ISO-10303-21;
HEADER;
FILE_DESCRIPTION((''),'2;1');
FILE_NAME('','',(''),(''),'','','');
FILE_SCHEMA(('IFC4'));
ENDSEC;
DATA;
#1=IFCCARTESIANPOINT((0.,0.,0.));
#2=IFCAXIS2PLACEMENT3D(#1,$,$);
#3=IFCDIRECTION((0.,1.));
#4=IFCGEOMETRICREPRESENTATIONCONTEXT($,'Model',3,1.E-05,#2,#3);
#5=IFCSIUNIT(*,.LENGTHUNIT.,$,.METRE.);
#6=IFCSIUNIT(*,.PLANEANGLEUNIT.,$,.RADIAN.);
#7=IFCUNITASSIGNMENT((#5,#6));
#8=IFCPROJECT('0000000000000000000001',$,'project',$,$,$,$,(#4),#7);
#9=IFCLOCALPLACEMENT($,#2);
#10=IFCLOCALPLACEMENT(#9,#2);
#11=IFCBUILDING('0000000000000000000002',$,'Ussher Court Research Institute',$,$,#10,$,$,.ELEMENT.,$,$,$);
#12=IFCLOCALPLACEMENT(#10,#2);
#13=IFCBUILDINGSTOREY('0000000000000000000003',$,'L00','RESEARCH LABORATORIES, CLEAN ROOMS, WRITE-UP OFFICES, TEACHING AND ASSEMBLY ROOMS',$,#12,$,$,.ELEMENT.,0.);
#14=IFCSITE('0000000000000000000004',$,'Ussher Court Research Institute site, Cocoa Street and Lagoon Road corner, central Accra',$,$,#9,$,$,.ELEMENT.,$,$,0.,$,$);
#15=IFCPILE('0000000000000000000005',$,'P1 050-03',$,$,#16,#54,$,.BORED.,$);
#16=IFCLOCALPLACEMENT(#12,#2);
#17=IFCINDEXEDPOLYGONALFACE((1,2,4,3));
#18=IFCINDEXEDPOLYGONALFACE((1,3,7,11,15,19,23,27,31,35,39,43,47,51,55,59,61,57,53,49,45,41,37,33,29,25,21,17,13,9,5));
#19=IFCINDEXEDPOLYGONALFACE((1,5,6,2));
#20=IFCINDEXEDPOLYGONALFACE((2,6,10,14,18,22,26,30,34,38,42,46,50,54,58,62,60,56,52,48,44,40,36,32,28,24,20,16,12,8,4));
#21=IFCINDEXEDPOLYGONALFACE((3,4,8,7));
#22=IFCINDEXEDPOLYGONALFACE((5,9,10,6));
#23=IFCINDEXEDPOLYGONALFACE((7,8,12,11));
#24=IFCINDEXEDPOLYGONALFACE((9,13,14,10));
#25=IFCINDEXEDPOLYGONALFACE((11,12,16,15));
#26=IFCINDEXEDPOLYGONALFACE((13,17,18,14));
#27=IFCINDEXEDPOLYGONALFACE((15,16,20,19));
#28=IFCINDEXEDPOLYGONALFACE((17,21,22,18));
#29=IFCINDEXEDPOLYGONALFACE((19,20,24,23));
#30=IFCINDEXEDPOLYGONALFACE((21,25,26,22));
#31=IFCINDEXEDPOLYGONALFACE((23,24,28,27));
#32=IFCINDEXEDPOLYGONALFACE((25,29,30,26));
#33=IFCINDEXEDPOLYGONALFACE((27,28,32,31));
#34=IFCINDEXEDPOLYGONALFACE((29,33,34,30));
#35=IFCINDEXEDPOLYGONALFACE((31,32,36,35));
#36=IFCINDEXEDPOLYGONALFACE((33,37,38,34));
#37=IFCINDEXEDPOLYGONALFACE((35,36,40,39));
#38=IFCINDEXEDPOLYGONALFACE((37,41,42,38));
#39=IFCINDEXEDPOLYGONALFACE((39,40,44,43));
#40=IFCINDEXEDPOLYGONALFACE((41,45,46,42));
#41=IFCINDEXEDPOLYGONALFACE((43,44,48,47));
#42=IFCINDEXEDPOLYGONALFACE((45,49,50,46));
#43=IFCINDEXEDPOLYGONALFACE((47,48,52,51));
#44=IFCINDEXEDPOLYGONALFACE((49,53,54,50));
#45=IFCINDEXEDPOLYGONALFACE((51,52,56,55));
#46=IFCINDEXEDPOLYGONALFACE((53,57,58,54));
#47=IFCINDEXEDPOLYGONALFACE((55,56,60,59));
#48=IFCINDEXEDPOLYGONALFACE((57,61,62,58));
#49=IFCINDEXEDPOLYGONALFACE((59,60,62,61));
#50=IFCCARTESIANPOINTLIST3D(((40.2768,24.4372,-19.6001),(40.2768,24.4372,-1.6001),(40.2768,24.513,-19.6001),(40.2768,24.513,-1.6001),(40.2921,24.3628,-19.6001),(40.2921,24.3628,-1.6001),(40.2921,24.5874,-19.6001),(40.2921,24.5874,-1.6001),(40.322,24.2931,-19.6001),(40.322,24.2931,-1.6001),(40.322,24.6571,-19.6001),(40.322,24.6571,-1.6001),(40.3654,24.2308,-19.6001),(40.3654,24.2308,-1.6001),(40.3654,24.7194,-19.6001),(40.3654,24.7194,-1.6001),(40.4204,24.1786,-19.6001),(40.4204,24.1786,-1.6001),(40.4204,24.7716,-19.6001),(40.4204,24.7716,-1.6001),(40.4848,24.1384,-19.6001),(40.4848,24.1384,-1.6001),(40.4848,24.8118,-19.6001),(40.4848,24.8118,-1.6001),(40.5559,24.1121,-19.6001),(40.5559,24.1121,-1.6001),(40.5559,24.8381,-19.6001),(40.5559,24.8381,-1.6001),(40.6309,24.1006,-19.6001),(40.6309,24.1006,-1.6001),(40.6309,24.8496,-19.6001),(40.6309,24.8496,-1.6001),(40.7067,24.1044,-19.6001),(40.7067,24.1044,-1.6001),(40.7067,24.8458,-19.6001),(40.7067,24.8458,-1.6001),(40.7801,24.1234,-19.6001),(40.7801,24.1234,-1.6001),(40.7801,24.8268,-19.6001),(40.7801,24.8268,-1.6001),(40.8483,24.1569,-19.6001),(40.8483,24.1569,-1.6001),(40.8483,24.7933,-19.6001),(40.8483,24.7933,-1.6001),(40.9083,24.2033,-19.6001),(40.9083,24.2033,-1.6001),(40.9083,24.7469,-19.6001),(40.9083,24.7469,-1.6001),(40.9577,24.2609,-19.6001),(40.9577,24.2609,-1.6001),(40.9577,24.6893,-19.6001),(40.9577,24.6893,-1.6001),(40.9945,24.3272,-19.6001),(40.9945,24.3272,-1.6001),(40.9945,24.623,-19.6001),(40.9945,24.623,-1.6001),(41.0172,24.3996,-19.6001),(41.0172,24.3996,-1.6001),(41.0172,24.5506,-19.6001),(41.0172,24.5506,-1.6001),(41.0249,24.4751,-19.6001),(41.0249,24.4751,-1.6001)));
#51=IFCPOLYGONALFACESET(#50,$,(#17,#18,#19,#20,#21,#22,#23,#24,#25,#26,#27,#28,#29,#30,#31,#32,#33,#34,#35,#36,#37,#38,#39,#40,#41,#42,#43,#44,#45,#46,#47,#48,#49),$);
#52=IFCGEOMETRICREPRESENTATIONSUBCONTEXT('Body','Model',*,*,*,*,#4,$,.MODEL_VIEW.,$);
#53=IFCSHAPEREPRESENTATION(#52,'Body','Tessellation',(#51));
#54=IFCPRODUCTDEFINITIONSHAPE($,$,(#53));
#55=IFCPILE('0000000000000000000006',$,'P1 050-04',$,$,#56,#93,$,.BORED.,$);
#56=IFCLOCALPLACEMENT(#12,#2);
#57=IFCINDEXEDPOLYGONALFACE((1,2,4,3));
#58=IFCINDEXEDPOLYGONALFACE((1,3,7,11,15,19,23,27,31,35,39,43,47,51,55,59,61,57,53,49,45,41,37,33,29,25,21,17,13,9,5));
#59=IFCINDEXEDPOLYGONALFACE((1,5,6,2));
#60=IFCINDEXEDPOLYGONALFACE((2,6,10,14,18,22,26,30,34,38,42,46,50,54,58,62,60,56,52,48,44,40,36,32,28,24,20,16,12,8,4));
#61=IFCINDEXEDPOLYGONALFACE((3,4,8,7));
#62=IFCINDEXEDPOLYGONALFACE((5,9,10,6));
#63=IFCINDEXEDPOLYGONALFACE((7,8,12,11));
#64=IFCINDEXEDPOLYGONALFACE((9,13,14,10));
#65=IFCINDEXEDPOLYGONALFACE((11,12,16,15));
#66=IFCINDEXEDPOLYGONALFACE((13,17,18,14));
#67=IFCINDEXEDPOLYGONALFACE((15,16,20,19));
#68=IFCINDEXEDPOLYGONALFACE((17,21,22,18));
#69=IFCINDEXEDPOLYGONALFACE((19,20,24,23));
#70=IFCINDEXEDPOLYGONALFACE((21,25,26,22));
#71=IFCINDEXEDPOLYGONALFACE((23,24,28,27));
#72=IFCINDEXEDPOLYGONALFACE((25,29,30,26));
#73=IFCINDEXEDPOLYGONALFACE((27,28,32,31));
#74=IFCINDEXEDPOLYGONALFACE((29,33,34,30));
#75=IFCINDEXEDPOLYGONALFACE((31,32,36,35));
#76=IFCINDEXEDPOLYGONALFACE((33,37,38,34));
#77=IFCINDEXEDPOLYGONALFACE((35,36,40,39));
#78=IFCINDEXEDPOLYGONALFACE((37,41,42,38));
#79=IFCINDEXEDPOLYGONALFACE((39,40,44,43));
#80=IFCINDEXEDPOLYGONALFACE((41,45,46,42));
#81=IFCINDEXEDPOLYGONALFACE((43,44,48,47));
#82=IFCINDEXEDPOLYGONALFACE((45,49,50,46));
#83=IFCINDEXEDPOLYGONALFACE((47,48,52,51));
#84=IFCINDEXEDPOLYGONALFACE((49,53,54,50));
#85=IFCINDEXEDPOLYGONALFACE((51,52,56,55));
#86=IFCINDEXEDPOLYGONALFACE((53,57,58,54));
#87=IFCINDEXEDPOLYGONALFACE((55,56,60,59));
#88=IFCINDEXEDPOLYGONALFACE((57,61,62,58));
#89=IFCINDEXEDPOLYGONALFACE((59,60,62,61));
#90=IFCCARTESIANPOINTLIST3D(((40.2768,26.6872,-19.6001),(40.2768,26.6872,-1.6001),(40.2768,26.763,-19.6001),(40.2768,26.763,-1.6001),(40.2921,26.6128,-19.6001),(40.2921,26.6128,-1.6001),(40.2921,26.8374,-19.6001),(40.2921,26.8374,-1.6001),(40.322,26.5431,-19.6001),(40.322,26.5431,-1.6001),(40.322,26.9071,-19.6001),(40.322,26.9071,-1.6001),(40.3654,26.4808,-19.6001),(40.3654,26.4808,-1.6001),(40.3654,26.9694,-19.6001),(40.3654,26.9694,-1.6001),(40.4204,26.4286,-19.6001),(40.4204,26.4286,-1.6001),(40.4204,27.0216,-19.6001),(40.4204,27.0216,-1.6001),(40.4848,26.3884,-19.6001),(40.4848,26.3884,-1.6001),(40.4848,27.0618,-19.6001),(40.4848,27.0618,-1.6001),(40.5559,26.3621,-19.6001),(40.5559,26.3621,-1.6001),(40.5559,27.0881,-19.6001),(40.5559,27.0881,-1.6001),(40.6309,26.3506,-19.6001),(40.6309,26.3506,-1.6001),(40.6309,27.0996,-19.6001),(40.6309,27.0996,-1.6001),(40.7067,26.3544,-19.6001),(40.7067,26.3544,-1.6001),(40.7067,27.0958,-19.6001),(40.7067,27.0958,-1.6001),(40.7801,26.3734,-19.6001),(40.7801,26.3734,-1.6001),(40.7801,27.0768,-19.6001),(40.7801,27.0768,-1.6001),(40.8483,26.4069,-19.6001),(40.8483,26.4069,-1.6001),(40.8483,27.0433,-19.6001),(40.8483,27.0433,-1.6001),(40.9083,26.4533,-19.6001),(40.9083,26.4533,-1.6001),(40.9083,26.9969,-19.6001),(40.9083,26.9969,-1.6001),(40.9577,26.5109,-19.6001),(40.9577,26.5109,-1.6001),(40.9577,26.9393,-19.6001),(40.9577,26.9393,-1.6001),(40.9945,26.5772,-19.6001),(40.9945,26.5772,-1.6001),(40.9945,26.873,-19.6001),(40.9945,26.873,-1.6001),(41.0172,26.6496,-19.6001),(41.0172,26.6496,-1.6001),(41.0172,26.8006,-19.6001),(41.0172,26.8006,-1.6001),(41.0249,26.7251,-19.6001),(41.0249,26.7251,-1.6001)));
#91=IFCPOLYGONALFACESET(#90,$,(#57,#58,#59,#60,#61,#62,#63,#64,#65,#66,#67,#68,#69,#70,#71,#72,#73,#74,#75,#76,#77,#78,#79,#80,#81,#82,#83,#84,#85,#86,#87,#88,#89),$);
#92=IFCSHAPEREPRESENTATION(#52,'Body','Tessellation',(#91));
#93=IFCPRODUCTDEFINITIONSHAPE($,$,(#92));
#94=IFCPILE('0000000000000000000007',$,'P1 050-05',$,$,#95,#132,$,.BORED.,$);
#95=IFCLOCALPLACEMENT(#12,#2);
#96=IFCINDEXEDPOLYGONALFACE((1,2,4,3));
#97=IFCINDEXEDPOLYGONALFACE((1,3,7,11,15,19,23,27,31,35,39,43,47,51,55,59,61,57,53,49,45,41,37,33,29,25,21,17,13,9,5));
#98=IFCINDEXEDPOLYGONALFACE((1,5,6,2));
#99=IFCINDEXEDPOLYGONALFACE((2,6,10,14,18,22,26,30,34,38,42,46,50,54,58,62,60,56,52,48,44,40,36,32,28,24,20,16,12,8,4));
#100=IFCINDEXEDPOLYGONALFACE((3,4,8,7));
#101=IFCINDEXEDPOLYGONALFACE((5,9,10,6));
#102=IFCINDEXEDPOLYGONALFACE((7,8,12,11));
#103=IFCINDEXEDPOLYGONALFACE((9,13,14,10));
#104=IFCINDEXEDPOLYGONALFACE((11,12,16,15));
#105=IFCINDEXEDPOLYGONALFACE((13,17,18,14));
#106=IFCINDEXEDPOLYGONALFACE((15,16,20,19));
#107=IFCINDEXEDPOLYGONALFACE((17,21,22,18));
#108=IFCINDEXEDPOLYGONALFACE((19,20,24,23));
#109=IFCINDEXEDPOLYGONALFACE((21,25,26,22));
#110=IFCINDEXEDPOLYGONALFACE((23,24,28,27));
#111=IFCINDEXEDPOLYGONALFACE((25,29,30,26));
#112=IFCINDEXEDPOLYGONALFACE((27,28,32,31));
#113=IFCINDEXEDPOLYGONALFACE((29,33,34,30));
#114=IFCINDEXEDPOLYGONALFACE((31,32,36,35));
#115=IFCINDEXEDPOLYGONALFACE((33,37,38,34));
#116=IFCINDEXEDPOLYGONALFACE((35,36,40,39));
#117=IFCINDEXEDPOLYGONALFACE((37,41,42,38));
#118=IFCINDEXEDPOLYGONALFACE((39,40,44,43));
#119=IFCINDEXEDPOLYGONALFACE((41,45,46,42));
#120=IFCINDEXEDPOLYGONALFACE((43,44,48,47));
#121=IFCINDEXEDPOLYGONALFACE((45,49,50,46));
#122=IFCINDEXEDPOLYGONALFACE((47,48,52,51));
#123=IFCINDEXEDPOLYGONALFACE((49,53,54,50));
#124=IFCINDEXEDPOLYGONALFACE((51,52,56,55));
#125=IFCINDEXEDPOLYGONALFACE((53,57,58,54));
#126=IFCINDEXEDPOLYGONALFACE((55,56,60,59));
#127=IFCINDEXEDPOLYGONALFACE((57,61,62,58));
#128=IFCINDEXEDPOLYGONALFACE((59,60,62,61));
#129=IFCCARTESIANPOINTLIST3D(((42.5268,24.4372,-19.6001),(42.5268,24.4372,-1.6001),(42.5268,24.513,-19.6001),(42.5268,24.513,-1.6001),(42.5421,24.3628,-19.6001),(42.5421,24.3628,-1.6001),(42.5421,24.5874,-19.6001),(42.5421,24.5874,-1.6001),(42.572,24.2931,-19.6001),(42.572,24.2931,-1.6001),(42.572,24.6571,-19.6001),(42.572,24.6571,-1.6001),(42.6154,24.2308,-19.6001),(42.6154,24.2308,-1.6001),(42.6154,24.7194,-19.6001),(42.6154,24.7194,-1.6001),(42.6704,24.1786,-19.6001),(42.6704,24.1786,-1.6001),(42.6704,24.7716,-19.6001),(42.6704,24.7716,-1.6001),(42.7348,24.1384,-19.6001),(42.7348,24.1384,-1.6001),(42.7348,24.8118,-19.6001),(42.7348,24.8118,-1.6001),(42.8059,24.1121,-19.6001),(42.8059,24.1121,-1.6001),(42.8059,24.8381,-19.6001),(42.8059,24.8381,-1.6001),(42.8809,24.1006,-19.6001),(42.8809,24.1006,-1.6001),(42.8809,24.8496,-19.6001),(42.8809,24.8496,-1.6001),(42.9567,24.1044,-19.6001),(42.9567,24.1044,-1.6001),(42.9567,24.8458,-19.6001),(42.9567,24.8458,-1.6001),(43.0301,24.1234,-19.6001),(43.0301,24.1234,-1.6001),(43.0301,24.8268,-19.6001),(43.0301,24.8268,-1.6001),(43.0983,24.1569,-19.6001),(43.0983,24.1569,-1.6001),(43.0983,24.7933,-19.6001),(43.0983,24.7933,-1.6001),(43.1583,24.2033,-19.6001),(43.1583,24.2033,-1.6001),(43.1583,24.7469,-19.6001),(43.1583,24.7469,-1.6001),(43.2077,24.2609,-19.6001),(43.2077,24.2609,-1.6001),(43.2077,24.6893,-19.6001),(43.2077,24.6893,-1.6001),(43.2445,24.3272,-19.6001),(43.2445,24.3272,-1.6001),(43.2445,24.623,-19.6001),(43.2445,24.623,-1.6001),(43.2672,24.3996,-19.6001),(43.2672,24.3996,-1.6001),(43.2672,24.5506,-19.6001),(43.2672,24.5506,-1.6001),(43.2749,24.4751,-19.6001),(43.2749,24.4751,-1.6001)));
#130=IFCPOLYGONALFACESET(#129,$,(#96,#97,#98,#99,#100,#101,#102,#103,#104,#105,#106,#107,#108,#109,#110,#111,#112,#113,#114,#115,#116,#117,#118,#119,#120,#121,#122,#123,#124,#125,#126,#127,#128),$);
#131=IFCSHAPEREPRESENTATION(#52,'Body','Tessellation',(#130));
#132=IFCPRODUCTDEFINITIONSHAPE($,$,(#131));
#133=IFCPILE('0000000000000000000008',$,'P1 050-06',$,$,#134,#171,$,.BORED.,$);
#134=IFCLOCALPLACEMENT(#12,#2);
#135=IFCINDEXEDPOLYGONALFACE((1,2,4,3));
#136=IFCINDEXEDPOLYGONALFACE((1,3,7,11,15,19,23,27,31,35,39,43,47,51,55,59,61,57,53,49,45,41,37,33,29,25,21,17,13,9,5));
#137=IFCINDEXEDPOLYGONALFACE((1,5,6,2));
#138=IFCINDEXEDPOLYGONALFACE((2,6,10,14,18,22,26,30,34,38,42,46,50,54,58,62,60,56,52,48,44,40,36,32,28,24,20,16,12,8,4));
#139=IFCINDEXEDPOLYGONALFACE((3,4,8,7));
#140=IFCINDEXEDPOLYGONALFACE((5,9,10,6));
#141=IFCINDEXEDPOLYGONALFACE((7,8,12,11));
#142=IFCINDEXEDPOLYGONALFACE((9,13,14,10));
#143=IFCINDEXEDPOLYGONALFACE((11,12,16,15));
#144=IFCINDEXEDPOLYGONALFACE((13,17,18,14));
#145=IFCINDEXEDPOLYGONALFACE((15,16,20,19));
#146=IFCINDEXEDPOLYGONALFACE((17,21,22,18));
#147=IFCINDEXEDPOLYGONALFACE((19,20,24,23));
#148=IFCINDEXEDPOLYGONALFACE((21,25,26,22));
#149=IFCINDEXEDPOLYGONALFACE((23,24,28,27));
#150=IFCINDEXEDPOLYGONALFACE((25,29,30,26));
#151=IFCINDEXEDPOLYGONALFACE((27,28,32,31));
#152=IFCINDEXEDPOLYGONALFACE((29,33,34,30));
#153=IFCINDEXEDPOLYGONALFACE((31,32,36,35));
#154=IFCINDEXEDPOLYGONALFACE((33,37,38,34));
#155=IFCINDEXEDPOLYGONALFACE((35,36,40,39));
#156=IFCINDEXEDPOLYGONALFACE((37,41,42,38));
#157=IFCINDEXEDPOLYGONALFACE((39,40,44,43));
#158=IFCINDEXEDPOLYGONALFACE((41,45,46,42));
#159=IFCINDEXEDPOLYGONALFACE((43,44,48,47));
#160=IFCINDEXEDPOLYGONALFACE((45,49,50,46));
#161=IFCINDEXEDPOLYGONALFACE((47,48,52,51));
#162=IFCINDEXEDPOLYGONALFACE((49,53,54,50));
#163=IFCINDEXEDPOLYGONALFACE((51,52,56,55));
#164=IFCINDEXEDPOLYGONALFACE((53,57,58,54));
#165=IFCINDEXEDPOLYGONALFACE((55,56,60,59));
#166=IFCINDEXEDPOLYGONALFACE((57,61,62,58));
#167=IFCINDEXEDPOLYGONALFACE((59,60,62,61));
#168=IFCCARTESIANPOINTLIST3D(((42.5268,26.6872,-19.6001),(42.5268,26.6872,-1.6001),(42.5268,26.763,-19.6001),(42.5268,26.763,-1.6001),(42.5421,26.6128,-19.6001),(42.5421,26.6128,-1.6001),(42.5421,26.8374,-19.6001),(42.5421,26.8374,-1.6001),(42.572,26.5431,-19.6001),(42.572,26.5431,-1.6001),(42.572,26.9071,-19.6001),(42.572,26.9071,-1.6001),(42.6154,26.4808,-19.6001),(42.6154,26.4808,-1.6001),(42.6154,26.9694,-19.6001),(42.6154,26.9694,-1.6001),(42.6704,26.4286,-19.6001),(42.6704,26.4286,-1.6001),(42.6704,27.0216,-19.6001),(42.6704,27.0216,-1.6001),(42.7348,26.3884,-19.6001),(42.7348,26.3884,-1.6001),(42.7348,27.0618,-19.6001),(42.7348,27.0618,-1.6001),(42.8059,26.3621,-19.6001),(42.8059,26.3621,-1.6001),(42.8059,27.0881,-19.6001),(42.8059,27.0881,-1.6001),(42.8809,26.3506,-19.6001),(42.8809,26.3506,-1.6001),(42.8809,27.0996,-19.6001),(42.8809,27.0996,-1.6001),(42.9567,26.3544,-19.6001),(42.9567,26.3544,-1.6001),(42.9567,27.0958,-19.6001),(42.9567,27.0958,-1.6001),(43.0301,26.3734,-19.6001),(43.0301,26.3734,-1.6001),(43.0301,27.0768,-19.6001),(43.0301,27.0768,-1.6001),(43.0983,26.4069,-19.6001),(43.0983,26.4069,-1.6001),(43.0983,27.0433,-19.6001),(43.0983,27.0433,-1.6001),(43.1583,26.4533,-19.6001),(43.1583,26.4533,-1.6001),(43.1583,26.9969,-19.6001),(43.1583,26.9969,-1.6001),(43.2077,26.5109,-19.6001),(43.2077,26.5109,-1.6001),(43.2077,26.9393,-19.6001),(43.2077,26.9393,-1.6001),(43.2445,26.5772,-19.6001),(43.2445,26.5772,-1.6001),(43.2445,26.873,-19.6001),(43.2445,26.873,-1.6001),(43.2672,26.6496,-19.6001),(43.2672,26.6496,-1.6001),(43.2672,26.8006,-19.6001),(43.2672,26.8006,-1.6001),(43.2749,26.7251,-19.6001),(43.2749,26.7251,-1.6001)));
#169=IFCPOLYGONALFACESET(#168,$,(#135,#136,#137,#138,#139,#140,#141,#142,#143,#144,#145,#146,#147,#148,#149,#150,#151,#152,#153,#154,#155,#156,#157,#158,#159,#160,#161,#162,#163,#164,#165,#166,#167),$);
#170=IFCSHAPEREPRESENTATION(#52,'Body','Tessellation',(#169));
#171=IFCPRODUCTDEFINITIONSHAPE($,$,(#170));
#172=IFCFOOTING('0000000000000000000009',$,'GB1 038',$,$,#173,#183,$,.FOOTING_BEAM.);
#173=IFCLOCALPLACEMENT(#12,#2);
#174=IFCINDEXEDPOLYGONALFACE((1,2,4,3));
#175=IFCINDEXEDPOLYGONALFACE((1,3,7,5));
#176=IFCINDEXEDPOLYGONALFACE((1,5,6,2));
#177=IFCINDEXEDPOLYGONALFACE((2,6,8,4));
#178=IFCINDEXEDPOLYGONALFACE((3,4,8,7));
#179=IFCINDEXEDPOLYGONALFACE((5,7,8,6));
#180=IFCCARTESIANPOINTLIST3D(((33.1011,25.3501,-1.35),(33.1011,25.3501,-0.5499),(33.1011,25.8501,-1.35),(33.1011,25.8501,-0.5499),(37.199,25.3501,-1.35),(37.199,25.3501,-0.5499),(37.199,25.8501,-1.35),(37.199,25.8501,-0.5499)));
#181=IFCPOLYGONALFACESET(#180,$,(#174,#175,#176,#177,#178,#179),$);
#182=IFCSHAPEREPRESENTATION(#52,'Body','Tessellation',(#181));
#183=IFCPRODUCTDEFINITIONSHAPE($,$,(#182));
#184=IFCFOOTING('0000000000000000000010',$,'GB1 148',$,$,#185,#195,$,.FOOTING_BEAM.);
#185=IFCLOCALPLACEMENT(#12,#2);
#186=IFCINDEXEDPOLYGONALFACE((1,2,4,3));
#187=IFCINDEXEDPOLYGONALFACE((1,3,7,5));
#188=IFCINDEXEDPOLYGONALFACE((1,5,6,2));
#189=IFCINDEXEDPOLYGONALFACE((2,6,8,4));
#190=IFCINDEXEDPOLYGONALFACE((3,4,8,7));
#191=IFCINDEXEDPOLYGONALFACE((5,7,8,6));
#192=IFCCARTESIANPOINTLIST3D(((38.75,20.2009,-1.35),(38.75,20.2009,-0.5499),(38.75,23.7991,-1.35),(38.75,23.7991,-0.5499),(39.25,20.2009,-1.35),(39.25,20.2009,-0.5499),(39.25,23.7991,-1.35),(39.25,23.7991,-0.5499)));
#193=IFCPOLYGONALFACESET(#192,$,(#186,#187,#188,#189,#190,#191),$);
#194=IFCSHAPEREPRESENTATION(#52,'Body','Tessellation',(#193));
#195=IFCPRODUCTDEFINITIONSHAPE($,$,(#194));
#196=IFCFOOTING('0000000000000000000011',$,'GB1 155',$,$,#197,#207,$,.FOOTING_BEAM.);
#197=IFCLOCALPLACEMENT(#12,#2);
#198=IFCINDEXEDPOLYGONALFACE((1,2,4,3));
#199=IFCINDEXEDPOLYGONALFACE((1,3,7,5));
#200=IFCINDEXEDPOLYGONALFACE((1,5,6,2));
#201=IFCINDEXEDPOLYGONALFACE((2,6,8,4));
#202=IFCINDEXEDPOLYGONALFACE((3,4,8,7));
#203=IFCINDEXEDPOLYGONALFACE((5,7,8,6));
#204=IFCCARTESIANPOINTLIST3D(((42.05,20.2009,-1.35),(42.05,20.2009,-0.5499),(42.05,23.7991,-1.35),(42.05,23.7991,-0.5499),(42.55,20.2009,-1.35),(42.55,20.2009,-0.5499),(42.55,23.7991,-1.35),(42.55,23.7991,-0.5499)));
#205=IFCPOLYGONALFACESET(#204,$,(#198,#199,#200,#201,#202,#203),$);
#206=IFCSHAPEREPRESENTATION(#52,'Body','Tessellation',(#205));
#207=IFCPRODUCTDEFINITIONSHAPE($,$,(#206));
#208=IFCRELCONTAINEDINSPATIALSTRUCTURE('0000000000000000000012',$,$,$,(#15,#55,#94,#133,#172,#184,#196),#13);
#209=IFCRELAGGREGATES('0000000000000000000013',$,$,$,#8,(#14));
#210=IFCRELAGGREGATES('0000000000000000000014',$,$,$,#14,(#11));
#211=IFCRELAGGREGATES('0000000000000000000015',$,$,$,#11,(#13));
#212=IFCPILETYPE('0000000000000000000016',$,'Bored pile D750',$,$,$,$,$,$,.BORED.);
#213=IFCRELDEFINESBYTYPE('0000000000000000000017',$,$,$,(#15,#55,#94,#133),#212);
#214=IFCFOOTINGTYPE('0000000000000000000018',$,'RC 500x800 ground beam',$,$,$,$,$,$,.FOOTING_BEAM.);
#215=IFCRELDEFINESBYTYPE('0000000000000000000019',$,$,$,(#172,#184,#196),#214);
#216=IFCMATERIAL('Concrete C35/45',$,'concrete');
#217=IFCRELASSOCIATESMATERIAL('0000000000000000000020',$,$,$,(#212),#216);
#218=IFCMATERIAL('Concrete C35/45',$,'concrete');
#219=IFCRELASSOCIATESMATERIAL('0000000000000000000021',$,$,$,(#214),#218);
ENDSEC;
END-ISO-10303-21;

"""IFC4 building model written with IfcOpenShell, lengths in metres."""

from ifc_helpers import new_model, si_unit, direction, frame, origin, origin_2d, place, context, subcontext, project, spatial, rectangle, circle, extrude, material, material_profile, profile_set, type_object, element, save


model = new_model("IFC4")

# Units and contexts
model_context = context("Model", 3, precision=1e-05, world=origin(), true_north=direction((0.0, 1.0)))
body_context = subcontext(model_context, "Body", "Model", "MODEL_VIEW")
ifc_project = project(units=[si_unit("LENGTHUNIT", "METRE"), si_unit("PLANEANGLEUNIT", "RADIAN")], contexts=[model_context])

# Site, building, storey
site_placement = place(None, origin())
site = spatial("IfcSite", under=ifc_project, at=site_placement, Name="Ussher Court Research Institute site, Cocoa Street and Lagoon Road corner, central Accra", CompositionType="ELEMENT", RefElevation=0.0)
building_placement = place(site_placement, origin())
building = spatial("IfcBuilding", under=site, at=building_placement, Name="Ussher Court Research Institute", CompositionType="ELEMENT")
storey_placement = place(building_placement, origin())
storey = spatial("IfcBuildingStorey", under=building, at=storey_placement, Name="L00", Description="RESEARCH LABORATORIES, CLEAN ROOMS, WRITE-UP OFFICES, TEACHING AND ASSEMBLY ROOMS", CompositionType="ELEMENT", Elevation=0.0)

# Piles
ifc_material_1 = material(Name="Concrete C35/45", Category="concrete")
ifc_material_profile_1 = material_profile(ifc_material_1, circle(Radius=0.375, at=origin_2d()), Name="RC D750")
ifc_profile_set_1 = profile_set([ifc_material_profile_1], Name="Concrete C35/45")
pile_type = type_object("IfcPileType", Name="Bored pile D750", PredefinedType="BORED", material=ifc_profile_set_1)
for number, where, z_axis, x_axis, name in (
    (1, (40.6499, 24.4751, -1.6001), (0.0, 0.0, -1.0), (1.0, 0.0, 0.0), "P1 050-03"),
    (2, (40.6499, 26.7251, -1.6001), (0.0, 0.0, -1.0), (1.0, 0.0, 0.0), "P1 050-04"),
    (3, (42.8999, 24.4751, -1.6001), (0.0, 0.0, -1.0), (1.0, 0.0, 0.0), "P1 050-05"),
    (4, (42.8999, 26.7251, -1.6001), (0.0, 0.0, -1.0), (1.0, 0.0, 0.0), "P1 050-06"),
):
    element("IfcPile", number, at=place(storey_placement, frame(where, z_axis=z_axis, x_axis=x_axis)), inside=storey, type_object=pile_type, Name=name, PredefinedType="BORED", context=body_context, shape_type="SweptSolid", body=[
        extrude(circle(Radius=0.375, at=origin_2d()), origin(), (0.0, 0.0, 1.0), 18.0),
    ])

# Footings
ifc_material_2 = material(Name="Concrete C35/45", Category="concrete")
ifc_material_profile_2 = material_profile(ifc_material_2, rectangle(XDim=0.5, YDim=0.8, at=origin_2d()), Name="RC 500x800")
ifc_profile_set_2 = profile_set([ifc_material_profile_2], Name="Concrete C35/45")
footing_type = type_object("IfcFootingType", Name="RC 500x800 ground beam", PredefinedType="FOOTING_BEAM", material=ifc_profile_set_2)
footing_placement = place(storey_placement, frame((33.1011, 25.6001, -0.95), z_axis=(1.0, 0.0, 0.0), x_axis=(0.0, 1.0, 0.0)))
element("IfcFooting", 5, at=footing_placement, inside=storey, type_object=footing_type, Name="GB1 038", PredefinedType="FOOTING_BEAM", context=body_context, shape_type="SweptSolid", body=[
    extrude(rectangle(XDim=0.5, YDim=0.8, at=origin_2d()), origin(), (0.0, 0.0, 1.0), 4.0979),
])
for number, where, z_axis, x_axis, name in (
    (6, (39.0, 20.2009, -0.95), (0.0, 1.0, 0.0), (-1.0, 0.0, 0.0), "GB1 148"),
    (7, (42.3, 20.2009, -0.95), (0.0, 1.0, 0.0), (-1.0, 0.0, 0.0), "GB1 155"),
):
    element("IfcFooting", number, at=place(storey_placement, frame(where, z_axis=z_axis, x_axis=x_axis)), inside=storey, type_object=footing_type, Name=name, PredefinedType="FOOTING_BEAM", context=body_context, shape_type="SweptSolid", body=[
        extrude(rectangle(XDim=0.5, YDim=0.8, at=origin_2d()), origin(), (0.0, 0.0, 1.0), 3.5981),
    ])

save(model, "model.ifc")
